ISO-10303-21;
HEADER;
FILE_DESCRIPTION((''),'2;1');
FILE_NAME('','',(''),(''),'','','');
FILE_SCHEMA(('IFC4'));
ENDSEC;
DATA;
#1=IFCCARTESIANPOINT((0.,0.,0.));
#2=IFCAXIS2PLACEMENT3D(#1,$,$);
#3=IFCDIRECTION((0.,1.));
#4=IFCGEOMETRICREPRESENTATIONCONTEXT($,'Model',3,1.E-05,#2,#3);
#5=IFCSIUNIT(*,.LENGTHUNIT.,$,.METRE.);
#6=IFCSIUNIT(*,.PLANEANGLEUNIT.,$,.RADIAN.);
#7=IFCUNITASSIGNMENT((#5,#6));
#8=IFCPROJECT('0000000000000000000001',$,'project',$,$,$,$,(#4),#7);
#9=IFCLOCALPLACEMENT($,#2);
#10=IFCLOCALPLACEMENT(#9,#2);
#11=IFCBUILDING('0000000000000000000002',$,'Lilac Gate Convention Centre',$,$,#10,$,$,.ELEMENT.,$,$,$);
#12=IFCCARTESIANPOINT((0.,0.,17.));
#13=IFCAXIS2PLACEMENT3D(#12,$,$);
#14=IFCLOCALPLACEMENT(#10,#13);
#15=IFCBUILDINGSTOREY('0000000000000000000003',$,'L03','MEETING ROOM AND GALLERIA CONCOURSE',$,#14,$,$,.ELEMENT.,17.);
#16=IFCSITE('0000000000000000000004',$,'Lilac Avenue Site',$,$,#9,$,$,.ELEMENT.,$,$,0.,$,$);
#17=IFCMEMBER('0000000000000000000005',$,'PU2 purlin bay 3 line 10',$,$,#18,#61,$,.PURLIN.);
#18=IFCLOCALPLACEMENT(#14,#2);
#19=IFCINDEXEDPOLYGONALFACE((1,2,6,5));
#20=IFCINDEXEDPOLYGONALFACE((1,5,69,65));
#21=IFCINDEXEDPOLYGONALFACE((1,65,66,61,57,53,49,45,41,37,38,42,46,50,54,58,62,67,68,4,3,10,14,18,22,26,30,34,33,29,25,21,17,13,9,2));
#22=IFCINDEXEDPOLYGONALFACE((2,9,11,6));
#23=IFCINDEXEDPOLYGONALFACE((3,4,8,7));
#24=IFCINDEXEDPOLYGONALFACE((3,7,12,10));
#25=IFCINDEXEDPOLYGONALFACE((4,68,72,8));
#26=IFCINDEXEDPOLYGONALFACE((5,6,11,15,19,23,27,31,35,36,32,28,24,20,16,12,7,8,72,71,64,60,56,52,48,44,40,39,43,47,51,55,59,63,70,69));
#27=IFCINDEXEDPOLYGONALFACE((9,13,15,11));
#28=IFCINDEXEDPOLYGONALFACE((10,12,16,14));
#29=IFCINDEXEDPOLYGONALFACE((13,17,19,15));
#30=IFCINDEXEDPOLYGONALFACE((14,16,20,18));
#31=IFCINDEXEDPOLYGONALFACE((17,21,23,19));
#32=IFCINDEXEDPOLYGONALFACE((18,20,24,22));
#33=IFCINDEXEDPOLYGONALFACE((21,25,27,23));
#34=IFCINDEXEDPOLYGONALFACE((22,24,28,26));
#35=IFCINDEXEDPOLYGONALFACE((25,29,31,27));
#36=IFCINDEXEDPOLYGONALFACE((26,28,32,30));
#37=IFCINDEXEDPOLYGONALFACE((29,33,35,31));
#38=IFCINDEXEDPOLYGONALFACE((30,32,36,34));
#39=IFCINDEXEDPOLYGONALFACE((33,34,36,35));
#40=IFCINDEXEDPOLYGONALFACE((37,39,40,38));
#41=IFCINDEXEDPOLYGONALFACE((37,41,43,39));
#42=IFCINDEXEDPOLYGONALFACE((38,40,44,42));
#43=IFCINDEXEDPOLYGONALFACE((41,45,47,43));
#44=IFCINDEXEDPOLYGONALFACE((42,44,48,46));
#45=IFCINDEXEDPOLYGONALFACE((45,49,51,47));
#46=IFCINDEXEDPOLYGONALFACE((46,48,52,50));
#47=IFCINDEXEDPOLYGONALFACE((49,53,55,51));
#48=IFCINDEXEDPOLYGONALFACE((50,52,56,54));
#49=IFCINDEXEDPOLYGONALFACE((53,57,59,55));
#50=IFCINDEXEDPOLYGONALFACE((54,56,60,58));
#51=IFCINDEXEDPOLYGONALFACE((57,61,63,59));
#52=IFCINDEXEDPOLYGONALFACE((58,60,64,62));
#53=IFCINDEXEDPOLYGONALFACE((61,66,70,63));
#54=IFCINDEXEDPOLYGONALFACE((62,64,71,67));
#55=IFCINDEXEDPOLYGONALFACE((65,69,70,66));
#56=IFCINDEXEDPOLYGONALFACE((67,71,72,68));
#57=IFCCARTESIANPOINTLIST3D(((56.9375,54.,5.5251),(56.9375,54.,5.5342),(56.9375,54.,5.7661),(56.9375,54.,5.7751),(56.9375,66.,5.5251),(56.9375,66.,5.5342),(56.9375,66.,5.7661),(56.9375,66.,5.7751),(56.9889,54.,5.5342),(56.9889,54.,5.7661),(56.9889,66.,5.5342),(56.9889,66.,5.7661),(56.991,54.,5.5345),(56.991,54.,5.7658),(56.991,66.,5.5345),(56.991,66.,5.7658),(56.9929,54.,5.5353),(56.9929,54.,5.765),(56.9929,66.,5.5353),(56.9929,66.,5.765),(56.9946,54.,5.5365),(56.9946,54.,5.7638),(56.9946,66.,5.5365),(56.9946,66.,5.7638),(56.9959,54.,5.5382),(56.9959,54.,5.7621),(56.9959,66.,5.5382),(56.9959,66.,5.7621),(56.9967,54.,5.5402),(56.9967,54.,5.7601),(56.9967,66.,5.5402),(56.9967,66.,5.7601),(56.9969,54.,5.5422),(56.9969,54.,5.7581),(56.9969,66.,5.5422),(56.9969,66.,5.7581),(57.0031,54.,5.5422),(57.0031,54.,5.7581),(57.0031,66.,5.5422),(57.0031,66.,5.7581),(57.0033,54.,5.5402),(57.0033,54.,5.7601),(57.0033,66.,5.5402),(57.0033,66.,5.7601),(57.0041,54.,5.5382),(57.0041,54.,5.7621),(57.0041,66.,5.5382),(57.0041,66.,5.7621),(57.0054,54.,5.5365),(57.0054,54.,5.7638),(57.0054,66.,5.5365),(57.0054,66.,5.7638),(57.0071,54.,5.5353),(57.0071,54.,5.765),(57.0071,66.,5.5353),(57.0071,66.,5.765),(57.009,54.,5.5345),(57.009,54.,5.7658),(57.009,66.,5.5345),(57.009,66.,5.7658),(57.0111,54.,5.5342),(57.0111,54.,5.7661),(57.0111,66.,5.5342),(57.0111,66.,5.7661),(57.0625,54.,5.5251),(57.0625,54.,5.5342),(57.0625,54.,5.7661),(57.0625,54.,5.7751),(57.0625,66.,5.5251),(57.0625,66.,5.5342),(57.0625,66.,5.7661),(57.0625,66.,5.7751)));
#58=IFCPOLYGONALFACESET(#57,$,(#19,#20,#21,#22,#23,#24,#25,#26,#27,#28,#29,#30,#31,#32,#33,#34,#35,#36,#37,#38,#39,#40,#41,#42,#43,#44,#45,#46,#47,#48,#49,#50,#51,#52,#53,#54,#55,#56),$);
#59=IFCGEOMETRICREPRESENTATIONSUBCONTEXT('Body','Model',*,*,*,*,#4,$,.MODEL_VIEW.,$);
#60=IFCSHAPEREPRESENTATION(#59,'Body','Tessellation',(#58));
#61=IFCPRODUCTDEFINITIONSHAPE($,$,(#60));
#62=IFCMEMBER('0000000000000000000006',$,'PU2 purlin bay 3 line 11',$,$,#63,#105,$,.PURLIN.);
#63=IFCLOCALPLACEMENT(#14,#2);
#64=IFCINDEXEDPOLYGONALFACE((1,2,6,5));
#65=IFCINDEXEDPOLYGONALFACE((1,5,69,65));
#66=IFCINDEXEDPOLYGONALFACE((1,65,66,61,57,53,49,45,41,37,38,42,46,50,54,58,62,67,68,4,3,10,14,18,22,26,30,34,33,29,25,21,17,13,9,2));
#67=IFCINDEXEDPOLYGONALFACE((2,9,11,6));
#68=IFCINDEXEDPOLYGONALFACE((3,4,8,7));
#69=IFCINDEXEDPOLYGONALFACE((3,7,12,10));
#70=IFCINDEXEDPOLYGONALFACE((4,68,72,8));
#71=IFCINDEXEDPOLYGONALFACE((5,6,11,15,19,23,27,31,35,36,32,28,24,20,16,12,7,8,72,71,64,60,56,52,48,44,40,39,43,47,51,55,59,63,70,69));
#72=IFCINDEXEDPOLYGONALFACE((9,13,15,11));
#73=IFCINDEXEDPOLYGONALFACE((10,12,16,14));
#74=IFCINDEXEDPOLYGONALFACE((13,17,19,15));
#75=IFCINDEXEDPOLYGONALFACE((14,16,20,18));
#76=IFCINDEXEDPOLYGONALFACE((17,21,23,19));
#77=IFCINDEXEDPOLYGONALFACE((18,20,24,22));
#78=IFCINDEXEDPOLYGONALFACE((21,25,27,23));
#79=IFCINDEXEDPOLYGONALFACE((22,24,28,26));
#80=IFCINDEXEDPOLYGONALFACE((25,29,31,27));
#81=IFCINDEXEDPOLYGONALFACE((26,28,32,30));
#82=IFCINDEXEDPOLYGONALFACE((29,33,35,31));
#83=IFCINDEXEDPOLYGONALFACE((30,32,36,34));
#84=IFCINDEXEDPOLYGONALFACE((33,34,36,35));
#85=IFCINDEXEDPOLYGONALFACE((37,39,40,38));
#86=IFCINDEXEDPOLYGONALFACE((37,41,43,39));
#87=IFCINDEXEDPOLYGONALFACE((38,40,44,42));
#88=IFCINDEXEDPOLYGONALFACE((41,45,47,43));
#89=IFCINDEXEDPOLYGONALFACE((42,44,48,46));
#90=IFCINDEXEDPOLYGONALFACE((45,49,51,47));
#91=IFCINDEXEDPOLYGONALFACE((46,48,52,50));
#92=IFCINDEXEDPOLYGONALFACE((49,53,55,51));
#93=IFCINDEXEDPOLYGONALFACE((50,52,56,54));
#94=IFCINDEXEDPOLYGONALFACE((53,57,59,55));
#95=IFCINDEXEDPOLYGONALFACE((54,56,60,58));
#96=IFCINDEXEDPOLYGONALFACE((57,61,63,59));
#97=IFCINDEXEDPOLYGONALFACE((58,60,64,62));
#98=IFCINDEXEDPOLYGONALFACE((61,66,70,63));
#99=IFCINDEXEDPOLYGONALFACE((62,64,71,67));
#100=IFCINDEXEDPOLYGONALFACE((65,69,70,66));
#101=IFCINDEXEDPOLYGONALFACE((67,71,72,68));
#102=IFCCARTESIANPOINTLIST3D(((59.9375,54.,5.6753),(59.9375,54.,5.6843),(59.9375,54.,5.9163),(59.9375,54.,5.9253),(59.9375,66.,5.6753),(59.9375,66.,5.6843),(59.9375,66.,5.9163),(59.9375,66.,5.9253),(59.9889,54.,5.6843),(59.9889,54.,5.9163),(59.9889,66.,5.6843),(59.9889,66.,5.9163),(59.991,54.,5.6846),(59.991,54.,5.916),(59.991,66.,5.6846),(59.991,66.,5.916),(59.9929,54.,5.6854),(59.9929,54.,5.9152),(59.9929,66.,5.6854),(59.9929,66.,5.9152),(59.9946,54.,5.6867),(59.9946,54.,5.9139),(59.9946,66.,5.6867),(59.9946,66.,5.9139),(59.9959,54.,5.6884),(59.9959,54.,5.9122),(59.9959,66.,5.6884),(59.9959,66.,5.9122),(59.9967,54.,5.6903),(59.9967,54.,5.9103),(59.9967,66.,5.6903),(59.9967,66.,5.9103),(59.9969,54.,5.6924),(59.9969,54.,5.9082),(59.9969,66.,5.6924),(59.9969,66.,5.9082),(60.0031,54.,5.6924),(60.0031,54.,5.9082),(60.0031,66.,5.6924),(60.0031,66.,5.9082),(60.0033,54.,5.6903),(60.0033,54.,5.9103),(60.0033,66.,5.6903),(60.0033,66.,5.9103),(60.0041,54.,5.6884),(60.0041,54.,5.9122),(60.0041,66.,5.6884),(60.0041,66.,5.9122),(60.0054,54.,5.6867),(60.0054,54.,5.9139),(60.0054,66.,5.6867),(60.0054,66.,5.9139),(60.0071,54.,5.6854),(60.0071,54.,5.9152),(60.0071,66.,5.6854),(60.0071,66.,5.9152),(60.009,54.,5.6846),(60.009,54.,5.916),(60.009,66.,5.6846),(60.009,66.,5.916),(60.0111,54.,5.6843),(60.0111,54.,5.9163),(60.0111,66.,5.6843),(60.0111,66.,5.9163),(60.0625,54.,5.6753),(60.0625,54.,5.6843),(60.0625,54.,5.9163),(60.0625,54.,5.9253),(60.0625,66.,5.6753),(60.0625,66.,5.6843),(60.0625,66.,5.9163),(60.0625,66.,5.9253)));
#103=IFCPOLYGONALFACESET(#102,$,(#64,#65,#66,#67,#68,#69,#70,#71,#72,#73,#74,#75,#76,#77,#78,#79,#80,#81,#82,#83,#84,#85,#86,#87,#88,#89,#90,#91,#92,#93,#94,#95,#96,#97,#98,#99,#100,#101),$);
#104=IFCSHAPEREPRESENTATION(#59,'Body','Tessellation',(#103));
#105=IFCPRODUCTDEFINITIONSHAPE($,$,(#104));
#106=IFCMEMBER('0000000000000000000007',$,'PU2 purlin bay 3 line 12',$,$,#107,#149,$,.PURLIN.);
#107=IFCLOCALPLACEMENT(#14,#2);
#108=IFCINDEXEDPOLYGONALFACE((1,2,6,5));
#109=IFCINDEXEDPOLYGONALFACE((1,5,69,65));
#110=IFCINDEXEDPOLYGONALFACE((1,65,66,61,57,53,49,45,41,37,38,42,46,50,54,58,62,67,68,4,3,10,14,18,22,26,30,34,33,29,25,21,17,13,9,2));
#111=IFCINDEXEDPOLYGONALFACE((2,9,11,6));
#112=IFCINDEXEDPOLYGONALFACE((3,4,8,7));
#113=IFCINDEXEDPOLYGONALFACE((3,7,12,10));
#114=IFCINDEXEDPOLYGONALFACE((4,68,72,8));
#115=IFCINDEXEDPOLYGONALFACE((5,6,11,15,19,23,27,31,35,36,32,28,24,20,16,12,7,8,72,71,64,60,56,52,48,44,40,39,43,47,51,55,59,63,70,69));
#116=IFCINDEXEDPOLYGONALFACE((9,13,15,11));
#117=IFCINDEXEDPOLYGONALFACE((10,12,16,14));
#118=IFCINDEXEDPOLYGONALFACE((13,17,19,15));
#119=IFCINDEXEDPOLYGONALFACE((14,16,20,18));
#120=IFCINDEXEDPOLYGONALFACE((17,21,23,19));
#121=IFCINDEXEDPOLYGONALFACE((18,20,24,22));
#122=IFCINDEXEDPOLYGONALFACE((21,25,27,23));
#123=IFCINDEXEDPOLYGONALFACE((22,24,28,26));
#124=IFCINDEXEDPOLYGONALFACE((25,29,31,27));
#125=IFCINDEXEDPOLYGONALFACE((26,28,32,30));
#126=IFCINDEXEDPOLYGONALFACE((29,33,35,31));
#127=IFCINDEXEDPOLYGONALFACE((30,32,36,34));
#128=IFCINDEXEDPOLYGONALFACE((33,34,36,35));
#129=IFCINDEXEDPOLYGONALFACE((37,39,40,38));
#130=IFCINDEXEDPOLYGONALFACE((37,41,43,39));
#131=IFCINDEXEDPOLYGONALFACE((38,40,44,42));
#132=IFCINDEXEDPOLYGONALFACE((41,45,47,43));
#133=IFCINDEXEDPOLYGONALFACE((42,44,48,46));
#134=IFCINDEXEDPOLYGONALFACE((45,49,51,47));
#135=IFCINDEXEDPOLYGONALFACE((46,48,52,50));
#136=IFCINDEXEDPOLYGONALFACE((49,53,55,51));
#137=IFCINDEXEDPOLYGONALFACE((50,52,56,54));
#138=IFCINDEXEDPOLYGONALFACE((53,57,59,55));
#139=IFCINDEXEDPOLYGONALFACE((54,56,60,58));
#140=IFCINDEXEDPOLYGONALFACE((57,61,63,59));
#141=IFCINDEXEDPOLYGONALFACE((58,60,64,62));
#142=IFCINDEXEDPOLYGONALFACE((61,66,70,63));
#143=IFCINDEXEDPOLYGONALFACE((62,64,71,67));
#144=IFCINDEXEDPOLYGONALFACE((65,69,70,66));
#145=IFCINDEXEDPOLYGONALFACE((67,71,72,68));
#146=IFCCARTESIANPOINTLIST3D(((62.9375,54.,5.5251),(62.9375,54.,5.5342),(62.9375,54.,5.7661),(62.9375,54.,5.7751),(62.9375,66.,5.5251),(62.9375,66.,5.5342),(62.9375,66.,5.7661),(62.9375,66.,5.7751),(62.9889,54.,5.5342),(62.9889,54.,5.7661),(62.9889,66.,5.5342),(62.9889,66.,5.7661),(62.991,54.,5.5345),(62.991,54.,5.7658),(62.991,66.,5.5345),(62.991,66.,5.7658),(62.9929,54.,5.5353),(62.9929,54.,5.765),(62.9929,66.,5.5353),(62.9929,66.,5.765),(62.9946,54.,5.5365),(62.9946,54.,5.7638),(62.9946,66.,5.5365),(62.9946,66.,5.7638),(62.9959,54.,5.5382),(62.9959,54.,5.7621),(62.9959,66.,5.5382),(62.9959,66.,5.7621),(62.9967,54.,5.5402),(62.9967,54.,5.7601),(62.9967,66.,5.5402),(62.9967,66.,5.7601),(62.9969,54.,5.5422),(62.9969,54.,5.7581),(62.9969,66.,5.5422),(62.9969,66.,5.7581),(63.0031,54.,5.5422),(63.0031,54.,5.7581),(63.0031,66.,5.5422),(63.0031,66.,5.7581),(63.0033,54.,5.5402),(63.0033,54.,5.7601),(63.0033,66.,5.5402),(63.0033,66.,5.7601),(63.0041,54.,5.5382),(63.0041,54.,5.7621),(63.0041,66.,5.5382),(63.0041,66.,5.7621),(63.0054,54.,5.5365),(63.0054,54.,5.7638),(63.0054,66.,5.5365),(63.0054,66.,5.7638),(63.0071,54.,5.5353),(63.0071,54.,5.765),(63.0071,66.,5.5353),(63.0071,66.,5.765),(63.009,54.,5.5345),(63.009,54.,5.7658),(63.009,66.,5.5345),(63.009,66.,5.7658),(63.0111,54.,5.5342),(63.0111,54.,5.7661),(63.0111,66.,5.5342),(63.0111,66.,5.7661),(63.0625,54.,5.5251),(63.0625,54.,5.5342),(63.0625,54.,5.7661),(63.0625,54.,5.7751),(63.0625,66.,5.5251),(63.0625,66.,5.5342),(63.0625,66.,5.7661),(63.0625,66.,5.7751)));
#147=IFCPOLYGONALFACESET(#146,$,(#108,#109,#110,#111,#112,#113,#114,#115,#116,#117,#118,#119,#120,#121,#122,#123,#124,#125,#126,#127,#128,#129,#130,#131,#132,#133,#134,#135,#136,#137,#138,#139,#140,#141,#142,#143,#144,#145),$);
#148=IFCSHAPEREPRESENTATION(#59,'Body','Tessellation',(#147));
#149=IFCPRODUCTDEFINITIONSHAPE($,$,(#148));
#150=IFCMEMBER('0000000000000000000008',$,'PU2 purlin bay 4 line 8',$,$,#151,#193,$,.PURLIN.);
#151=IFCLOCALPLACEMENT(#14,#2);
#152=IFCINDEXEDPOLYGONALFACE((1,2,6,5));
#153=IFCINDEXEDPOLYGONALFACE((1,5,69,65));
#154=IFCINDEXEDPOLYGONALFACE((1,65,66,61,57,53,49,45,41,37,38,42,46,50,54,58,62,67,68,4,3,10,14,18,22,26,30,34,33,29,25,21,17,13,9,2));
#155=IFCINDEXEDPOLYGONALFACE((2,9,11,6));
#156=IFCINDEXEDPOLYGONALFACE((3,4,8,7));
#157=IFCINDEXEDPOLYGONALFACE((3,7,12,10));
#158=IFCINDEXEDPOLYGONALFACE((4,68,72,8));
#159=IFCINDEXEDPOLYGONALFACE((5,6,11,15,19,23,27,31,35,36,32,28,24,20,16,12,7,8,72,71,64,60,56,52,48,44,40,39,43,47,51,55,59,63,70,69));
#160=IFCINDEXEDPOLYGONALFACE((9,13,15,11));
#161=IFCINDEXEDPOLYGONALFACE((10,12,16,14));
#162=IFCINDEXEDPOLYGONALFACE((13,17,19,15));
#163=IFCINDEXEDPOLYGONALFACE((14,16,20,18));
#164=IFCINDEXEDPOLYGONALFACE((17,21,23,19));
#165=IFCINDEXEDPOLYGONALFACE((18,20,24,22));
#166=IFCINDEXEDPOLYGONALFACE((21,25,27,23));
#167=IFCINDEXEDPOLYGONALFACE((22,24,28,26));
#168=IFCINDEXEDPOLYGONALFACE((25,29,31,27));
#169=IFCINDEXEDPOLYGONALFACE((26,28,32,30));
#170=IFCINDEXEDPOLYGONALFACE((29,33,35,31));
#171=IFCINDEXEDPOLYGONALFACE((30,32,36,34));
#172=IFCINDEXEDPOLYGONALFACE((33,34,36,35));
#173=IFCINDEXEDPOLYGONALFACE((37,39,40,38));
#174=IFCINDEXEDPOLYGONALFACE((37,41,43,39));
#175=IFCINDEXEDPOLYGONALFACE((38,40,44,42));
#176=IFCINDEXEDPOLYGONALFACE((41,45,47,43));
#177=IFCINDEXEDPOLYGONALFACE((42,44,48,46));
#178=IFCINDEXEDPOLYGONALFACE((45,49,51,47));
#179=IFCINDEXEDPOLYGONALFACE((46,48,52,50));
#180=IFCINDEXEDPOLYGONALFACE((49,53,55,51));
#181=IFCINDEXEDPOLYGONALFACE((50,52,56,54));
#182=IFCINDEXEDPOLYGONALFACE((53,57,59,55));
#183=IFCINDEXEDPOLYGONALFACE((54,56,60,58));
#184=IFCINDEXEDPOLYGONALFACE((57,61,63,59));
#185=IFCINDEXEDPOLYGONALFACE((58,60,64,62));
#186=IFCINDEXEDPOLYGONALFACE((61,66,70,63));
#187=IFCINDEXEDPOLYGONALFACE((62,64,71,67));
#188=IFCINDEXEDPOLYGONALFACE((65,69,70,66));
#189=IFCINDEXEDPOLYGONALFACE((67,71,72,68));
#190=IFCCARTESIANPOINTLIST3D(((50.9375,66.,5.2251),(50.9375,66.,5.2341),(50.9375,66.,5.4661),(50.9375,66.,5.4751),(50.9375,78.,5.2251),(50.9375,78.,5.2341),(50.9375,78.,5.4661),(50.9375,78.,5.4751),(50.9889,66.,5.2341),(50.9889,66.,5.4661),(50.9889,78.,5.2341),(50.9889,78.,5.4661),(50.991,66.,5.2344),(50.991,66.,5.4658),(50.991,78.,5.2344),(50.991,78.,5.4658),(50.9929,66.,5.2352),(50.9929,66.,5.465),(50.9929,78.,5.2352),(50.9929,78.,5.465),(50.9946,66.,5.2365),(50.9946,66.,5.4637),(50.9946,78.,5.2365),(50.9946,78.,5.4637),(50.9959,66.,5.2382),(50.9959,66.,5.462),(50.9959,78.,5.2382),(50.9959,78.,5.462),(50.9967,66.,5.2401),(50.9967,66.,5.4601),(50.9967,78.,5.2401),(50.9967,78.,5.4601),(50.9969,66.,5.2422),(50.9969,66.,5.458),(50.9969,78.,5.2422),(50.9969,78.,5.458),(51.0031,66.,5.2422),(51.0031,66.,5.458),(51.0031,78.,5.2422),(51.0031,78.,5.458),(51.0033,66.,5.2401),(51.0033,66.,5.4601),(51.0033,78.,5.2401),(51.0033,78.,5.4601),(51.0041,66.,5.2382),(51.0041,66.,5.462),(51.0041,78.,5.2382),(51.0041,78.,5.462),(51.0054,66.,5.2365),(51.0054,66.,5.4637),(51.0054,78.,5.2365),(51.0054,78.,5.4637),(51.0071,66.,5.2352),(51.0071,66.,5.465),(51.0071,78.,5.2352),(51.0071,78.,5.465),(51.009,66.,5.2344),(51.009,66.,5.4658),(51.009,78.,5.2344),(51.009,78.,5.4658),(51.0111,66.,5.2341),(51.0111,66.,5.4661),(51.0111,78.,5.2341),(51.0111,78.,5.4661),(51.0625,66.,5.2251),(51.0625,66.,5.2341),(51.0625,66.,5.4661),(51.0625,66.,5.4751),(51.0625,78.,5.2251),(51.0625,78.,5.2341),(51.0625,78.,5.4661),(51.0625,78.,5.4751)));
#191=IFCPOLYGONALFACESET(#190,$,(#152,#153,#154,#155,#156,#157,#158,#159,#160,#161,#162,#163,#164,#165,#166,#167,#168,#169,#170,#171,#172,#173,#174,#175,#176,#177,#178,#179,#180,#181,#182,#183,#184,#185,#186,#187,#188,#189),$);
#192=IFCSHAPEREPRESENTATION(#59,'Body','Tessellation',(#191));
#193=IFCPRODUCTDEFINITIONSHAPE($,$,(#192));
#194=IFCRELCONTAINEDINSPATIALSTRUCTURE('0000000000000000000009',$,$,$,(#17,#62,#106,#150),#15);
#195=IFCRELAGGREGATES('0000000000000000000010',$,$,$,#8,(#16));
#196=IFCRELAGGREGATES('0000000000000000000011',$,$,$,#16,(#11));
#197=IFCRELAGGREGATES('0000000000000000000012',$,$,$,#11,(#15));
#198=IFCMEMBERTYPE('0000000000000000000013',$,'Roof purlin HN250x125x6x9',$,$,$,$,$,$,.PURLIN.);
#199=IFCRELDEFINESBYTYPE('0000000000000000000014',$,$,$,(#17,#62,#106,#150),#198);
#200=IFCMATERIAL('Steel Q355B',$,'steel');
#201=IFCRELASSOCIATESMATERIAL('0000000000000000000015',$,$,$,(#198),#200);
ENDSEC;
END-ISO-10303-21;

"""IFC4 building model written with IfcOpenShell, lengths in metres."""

from ifc_helpers import new_model, si_unit, direction, frame, origin, origin_2d, place, context, subcontext, project, spatial, i_section, extrude, material, material_profile, profile_set, type_object, element, save


model = new_model("IFC4")

# Units and contexts
model_context = context("Model", 3, precision=1e-05, world=origin(), true_north=direction((0.0, 1.0)))
body_context = subcontext(model_context, "Body", "Model", "MODEL_VIEW")
ifc_project = project(units=[si_unit("LENGTHUNIT", "METRE"), si_unit("PLANEANGLEUNIT", "RADIAN")], contexts=[model_context])

# Site, building, storey
site_placement = place(None, origin())
site = spatial("IfcSite", under=ifc_project, at=site_placement, Name="Lilac Avenue Site", CompositionType="ELEMENT", RefElevation=0.0)
building_placement = place(site_placement, origin())
building = spatial("IfcBuilding", under=site, at=building_placement, Name="Lilac Gate Convention Centre", CompositionType="ELEMENT")
storey_placement = place(building_placement, frame((0.0, 0.0, 17.0)))
storey = spatial("IfcBuildingStorey", under=building, at=storey_placement, Name="L03", Description="MEETING ROOM AND GALLERIA CONCOURSE", CompositionType="ELEMENT", Elevation=17.0)

# Members
ifc_material = material(Name="Steel Q355B", Category="steel")
ifc_material_profile_1 = material_profile(ifc_material, i_section(OverallWidth=0.125, OverallDepth=0.25, WebThickness=0.0061, FlangeThickness=0.009, FilletRadius=0.0081, at=origin_2d()), Name="HN250x125x6x9")
ifc_profile_set_1 = profile_set([ifc_material_profile_1], Name="Steel Q355B")
member_type_1 = type_object("IfcMemberType", Name="Roof purlin HN250x125x6x9", PredefinedType="PURLIN", material=ifc_profile_set_1)
for number, where, z_axis, x_axis, name in (
    (1, (57.0, 54.0, 5.6501), (0.0, 1.0, 0.0), (-1.0, 0.0, 0.0), "PU2 purlin bay 3 line 10"),
    (2, (60.0, 54.0, 5.8003), (0.0, 1.0, 0.0), (-1.0, 0.0, 0.0), "PU2 purlin bay 3 line 11"),
    (3, (63.0, 54.0, 5.6501), (0.0, 1.0, 0.0), (-1.0, 0.0, 0.0), "PU2 purlin bay 3 line 12"),
    (4, (51.0, 66.0, 5.3501), (0.0, 1.0, 0.0), (-1.0, 0.0, 0.0), "PU2 purlin bay 4 line 8"),
):
    element("IfcMember", number, at=place(storey_placement, frame(where, z_axis=z_axis, x_axis=x_axis)), inside=storey, type_object=member_type_1, Name=name, PredefinedType="PURLIN", context=body_context, shape_type="SweptSolid", body=[
        extrude(i_section(OverallWidth=0.125, OverallDepth=0.25, WebThickness=0.0061, FlangeThickness=0.009, FilletRadius=0.0081, at=origin_2d()), origin(), (0.0, 0.0, 1.0), 12.0),
    ])

save(model, "model.ifc")
